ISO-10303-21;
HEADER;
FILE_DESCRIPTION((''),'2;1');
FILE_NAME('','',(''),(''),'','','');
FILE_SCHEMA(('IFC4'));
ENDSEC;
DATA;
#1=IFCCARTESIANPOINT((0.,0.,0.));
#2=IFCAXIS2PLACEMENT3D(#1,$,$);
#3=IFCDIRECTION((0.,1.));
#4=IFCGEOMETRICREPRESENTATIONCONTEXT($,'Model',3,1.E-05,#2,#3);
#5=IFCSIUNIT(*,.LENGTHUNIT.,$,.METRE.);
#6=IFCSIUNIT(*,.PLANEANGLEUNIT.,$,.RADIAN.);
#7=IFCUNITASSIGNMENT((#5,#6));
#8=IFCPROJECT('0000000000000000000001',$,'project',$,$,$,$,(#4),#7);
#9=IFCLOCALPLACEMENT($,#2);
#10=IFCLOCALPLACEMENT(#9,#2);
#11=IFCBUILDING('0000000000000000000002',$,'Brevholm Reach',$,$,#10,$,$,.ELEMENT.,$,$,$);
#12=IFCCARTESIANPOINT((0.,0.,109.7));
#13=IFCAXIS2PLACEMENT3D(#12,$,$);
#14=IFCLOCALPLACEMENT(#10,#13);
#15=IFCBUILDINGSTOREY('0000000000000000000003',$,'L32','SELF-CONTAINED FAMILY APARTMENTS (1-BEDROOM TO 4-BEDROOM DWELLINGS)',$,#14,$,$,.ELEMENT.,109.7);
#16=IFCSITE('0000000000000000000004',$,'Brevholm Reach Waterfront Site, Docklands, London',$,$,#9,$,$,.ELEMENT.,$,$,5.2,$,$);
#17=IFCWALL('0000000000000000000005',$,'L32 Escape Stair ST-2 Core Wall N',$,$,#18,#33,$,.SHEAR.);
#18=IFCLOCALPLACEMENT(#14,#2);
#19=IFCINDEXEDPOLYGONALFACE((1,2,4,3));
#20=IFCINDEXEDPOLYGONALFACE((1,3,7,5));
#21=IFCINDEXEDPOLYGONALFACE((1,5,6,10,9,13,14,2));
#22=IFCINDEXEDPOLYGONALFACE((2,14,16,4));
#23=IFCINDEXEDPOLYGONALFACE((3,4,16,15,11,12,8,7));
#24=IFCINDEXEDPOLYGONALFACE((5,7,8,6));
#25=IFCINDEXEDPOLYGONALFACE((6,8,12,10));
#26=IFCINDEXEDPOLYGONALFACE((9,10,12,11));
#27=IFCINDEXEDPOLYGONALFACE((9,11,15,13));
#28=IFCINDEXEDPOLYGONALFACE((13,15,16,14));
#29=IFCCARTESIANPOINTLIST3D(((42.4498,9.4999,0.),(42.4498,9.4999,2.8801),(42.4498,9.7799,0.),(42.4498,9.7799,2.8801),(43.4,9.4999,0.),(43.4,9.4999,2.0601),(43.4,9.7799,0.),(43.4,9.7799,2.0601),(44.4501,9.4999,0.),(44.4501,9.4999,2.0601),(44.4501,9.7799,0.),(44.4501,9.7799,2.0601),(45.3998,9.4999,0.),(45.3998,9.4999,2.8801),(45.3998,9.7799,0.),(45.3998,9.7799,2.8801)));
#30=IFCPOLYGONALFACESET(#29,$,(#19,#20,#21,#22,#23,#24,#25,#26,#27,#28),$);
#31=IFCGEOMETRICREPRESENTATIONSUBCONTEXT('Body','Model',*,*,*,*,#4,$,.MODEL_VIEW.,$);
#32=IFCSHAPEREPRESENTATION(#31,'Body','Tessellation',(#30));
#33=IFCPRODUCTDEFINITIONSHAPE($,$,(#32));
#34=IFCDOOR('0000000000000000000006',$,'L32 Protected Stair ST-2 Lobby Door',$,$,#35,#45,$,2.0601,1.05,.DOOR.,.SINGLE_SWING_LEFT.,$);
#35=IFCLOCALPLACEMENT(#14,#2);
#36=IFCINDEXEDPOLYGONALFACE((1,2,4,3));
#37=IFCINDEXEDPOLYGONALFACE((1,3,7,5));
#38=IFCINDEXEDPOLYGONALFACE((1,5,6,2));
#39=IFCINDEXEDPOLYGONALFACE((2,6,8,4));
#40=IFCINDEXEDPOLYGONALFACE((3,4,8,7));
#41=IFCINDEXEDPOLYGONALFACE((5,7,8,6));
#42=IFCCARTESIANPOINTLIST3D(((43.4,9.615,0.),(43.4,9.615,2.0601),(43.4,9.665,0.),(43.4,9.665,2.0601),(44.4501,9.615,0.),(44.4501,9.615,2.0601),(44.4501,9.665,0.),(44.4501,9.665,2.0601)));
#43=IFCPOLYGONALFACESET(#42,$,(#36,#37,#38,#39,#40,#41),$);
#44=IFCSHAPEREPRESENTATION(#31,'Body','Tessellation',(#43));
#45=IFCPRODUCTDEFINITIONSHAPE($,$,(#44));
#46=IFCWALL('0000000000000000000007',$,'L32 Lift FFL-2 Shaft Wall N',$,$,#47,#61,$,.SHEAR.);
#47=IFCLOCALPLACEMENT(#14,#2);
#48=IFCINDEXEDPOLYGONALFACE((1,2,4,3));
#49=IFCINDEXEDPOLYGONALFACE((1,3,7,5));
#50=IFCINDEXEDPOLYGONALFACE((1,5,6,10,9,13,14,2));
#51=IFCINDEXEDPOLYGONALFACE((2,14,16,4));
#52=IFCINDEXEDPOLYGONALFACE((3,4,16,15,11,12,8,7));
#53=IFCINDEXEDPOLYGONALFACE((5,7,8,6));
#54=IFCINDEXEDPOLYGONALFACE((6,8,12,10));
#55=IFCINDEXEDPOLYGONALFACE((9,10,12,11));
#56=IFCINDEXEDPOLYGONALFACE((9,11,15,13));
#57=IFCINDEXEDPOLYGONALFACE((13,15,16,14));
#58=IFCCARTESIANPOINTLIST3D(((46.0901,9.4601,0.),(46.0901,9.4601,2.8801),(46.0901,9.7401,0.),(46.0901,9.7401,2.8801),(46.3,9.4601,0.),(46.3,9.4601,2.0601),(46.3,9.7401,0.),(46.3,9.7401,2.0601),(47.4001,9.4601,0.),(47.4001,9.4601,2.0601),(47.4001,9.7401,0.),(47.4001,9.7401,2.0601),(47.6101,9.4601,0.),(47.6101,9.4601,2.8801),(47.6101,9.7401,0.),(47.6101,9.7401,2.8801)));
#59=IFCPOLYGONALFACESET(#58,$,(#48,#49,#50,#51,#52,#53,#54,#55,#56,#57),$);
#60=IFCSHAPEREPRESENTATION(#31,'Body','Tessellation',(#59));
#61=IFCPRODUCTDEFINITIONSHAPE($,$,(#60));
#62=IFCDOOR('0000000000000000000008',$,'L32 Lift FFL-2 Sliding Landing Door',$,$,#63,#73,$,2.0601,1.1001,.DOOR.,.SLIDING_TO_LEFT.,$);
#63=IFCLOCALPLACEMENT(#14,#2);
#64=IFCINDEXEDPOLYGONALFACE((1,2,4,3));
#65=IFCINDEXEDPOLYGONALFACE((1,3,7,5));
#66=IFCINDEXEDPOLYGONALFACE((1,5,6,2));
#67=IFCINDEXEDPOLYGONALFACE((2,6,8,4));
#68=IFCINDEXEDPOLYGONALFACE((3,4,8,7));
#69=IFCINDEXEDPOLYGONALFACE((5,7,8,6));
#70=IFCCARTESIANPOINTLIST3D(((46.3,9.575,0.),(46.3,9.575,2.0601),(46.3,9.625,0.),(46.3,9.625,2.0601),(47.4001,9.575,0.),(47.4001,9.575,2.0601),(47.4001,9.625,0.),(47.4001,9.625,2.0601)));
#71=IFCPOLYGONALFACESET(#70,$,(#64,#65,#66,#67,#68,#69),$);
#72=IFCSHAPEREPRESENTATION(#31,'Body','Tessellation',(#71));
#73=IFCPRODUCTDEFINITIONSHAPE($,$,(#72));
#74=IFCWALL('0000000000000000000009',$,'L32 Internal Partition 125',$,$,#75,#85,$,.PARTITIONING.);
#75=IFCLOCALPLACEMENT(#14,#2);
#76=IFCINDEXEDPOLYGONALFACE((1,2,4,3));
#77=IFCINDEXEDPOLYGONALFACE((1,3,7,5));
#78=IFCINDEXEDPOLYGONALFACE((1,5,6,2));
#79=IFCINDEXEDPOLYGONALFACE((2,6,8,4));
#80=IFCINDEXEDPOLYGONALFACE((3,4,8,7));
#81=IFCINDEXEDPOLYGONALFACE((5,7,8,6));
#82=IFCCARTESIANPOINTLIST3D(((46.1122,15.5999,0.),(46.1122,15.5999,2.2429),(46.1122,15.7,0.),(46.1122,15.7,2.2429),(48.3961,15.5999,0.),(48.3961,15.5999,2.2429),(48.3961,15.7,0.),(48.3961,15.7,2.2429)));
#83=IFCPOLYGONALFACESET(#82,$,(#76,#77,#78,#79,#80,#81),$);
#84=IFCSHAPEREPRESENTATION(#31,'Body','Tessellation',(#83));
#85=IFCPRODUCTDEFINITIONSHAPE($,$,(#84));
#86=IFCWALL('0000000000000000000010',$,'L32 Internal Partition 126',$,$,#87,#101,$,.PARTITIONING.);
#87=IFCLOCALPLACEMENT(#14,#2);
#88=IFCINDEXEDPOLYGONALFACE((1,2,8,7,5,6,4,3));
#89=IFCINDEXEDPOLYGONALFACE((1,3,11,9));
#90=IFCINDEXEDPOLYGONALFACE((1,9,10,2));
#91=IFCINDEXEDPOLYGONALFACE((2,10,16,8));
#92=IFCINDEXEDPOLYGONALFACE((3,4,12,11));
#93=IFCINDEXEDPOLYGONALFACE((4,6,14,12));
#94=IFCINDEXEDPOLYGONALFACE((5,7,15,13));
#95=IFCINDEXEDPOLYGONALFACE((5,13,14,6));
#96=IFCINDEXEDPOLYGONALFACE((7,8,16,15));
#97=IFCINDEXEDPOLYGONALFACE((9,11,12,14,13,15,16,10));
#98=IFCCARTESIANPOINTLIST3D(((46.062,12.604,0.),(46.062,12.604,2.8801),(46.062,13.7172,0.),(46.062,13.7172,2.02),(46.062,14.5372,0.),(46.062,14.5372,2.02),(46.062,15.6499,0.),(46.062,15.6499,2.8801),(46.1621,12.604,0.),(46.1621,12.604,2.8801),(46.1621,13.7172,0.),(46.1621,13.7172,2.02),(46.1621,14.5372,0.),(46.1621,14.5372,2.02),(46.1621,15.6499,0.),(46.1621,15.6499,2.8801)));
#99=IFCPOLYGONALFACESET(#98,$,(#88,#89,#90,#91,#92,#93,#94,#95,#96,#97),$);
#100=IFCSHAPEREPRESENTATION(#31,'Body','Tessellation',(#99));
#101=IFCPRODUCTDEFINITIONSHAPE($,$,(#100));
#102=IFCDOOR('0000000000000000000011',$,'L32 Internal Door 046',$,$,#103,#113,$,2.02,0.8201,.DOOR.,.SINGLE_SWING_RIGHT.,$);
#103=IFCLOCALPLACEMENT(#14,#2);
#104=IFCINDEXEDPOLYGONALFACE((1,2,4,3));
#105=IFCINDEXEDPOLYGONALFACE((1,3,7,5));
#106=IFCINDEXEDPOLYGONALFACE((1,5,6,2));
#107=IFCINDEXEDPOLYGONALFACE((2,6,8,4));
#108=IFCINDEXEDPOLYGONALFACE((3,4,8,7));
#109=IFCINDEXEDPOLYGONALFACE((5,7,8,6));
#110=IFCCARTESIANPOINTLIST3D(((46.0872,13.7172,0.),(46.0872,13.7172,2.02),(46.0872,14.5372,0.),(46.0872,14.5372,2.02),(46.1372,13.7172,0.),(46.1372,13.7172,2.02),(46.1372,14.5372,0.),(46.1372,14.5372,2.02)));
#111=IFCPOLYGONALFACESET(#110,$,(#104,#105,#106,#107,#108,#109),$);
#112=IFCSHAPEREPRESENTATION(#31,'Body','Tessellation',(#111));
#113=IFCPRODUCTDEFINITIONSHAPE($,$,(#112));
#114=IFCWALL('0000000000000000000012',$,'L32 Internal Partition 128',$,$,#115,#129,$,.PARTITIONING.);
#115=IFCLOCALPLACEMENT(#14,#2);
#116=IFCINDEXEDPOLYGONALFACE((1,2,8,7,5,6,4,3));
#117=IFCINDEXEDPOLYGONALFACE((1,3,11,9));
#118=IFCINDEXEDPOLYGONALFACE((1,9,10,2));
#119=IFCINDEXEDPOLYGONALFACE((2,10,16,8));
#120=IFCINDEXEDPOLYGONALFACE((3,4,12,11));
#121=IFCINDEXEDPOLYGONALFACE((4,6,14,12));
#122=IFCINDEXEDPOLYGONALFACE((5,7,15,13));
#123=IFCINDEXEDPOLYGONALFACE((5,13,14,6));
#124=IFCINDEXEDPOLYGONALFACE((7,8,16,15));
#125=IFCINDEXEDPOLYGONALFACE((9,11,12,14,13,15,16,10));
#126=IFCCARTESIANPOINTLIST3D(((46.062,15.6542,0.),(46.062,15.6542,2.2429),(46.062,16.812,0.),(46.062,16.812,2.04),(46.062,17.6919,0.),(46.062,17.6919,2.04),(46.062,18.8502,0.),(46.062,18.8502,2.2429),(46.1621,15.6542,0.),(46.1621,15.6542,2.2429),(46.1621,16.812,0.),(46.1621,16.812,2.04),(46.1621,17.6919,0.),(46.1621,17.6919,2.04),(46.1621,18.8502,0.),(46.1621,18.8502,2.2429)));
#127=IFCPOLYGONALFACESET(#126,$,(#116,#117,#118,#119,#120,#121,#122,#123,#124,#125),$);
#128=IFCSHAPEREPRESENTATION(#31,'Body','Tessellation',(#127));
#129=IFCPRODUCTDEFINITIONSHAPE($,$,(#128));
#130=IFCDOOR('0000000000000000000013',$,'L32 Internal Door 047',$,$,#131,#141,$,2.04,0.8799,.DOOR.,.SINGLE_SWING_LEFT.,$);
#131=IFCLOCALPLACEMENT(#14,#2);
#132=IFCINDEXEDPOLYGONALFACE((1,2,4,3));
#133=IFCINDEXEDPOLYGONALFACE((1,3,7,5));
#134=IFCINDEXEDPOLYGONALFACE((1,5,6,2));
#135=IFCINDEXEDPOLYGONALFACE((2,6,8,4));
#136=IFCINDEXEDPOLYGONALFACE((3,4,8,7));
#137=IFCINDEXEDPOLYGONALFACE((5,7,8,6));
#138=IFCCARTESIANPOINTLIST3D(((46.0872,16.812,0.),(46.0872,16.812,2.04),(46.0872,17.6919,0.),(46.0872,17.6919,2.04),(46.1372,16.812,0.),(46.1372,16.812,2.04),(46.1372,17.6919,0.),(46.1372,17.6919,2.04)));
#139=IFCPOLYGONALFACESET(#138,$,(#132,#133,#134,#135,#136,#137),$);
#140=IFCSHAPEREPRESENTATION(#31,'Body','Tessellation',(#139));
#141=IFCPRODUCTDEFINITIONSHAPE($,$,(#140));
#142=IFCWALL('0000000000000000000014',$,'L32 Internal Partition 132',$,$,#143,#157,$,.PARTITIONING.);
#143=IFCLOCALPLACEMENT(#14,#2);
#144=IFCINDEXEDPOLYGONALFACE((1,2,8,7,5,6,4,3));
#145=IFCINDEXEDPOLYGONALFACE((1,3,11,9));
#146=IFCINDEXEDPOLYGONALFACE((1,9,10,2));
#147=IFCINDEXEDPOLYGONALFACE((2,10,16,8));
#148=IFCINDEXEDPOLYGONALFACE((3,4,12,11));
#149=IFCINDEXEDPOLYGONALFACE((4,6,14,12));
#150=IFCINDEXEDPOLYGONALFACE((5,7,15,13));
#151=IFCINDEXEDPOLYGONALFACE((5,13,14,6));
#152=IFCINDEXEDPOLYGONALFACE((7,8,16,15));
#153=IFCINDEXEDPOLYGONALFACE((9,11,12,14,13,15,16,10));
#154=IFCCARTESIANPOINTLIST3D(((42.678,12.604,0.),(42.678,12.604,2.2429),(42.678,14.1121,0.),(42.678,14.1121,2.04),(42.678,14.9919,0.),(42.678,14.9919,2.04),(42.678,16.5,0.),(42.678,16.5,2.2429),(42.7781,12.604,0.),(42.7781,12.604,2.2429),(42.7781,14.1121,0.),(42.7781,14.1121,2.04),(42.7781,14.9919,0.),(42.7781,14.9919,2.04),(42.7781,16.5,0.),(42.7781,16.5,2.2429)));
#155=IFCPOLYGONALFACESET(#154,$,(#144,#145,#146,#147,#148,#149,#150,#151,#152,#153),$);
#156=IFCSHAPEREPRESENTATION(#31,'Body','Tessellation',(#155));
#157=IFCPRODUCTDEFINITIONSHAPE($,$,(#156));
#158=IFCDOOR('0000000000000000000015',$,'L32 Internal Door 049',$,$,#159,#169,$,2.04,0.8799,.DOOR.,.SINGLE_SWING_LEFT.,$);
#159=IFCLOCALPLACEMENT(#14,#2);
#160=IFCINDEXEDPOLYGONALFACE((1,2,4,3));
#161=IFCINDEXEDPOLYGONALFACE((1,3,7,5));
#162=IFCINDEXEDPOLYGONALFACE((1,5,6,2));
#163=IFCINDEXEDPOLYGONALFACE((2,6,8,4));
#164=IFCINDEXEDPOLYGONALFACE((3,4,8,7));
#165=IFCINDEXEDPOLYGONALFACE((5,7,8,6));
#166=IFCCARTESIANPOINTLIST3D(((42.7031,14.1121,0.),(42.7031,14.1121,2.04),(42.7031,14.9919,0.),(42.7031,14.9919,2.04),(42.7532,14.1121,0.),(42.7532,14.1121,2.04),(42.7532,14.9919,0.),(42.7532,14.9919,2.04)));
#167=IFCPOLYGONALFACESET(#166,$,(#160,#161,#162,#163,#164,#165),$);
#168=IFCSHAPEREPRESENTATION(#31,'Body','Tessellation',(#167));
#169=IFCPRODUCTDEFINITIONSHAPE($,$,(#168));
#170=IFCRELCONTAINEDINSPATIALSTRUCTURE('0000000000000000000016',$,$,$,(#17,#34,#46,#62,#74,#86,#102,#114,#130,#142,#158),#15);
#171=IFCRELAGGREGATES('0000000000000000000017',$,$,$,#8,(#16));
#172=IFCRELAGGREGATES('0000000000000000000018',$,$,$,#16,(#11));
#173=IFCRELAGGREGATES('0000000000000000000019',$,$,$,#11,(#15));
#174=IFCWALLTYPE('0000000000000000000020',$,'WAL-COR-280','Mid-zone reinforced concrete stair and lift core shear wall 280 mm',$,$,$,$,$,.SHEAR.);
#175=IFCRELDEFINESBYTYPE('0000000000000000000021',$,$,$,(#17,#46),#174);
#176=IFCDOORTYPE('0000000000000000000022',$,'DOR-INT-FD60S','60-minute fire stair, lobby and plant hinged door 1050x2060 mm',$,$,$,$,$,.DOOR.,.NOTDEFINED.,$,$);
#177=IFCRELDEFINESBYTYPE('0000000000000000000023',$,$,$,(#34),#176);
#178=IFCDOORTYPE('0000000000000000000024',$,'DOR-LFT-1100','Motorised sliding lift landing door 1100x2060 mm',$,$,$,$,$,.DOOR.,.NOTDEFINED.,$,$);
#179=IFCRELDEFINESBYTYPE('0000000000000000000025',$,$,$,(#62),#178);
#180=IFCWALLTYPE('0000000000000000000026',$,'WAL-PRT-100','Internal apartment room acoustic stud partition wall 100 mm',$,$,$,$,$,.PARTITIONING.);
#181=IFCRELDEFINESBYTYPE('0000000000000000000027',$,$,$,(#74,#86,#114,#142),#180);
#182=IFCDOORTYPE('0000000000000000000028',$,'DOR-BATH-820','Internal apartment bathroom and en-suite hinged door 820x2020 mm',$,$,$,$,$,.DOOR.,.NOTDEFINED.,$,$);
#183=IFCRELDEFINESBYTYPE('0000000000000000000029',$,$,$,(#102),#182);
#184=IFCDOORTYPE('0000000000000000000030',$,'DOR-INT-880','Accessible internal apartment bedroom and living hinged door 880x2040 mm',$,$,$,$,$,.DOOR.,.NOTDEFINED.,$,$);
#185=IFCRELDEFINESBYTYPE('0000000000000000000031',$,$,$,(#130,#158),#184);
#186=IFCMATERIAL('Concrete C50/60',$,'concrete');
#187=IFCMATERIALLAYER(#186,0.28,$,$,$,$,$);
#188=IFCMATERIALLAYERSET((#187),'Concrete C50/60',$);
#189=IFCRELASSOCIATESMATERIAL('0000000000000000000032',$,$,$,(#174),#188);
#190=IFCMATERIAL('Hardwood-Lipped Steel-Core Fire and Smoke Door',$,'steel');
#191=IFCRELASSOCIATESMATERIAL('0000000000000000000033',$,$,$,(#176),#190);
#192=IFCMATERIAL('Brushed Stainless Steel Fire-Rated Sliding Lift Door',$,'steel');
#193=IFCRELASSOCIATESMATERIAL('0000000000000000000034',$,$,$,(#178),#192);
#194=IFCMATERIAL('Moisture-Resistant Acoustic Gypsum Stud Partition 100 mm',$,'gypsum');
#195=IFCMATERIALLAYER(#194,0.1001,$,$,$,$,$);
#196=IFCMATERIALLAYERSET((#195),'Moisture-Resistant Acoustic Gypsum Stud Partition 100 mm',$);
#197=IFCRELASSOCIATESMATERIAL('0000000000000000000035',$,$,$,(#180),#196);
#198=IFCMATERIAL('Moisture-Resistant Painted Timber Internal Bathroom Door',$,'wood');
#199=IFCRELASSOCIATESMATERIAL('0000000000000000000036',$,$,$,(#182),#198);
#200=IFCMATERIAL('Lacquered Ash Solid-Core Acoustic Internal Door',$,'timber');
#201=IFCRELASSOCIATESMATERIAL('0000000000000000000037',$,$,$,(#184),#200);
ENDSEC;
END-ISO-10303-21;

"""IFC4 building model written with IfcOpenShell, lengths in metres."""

from ifc_helpers import new_model, si_unit, direction, frame, frame_2d, origin, place, context, subcontext, project, spatial, rectangle, extrude, material, layer, layer_set, type_object, element, fill, save


model = new_model("IFC4")

# Units and contexts
model_context = context("Model", 3, precision=1e-05, world=origin(), true_north=direction((0.0, 1.0)))
body_context = subcontext(model_context, "Body", "Model", "MODEL_VIEW")
ifc_project = project(units=[si_unit("LENGTHUNIT", "METRE"), si_unit("PLANEANGLEUNIT", "RADIAN")], contexts=[model_context])

# Site, building, storey
site_placement = place(None, origin())
site = spatial("IfcSite", under=ifc_project, at=site_placement, Name="Brevholm Reach Waterfront Site, Docklands, London", CompositionType="ELEMENT", RefElevation=5.2)
building_placement = place(site_placement, origin())
building = spatial("IfcBuilding", under=site, at=building_placement, Name="Brevholm Reach", CompositionType="ELEMENT")
storey_placement = place(building_placement, frame((0.0, 0.0, 109.7)))
storey = spatial("IfcBuildingStorey", under=building, at=storey_placement, Name="L32", Description="SELF-CONTAINED FAMILY APARTMENTS (1-BEDROOM TO 4-BEDROOM DWELLINGS)", CompositionType="ELEMENT", Elevation=109.7)

# Walls, openings, doors
ifc_material_1 = material(Name="Concrete C50/60", Category="concrete")
ifc_layer_1 = layer(ifc_material_1, 0.28)
ifc_layer_set_1 = layer_set([ifc_layer_1], Name="Concrete C50/60")
wall_type_1 = type_object("IfcWallType", Name="WAL-COR-280", Description="Mid-zone reinforced concrete stair and lift core shear wall 280 mm", PredefinedType="SHEAR", material=ifc_layer_set_1)
wall_1_placement = place(storey_placement, frame((45.3999, 9.6399, 0.0), z_axis=(0.0, 0.0, 1.0), x_axis=(-1.0, 0.0, 0.0)))
wall_1 = element("IfcWall", 1, at=wall_1_placement, inside=storey, type_object=wall_type_1, Name="L32 Escape Stair ST-2 Core Wall N", PredefinedType="SHEAR", context=body_context, shape_type="SweptSolid", body=[
    extrude(rectangle(XDim=2.95, YDim=0.28, at=frame_2d((1.4751, 0.0))), origin(), (0.0, 0.0, 1.0), 2.8801),
])
opening_1_placement = place(wall_1_placement, frame((0.95, 0.0, 0.0)))
opening_1 = element("IfcOpeningElement", 2, at=opening_1_placement, cuts=wall_1, PredefinedType="OPENING", context=body_context, shape_type="SweptSolid", body=[
    extrude(rectangle(XDim=1.05, YDim=2.0601, at=frame_2d((0.5249, 1.03))), frame((0.0, 0.1499, 0.0), z_axis=(0.0, -1.0, 0.0), x_axis=(1.0, 0.0, 0.0)), (0.0, 0.0, 1.0), 0.3),
])
ifc_material_2 = material(Name="Hardwood-Lipped Steel-Core Fire and Smoke Door", Category="steel")
door_type_1 = type_object("IfcDoorType", Name="DOR-INT-FD60S", Description="60-minute fire stair, lobby and plant hinged door 1050x2060 mm", OperationType="NOTDEFINED", PredefinedType="DOOR", material=ifc_material_2)
door_1_placement = place(opening_1_placement, origin())
door_1 = element("IfcDoor", 3, at=door_1_placement, inside=storey, type_object=door_type_1, Name="L32 Protected Stair ST-2 Lobby Door", OperationType="SINGLE_SWING_LEFT", OverallHeight=2.0601, OverallWidth=1.05, PredefinedType="DOOR", context=body_context, shape_type="SweptSolid", body=[
    extrude(rectangle(XDim=1.05, YDim=2.0601, at=frame_2d((0.5249, 1.03))), frame((0.0, 0.0249, 0.0), z_axis=(0.0, -1.0, 0.0), x_axis=(1.0, 0.0, 0.0)), (0.0, 0.0, 1.0), 0.05),
])
fill(opening_1, door_1)
wall_2_placement = place(storey_placement, frame((46.0901, 9.6001, 0.0), z_axis=(0.0, 0.0, 1.0), x_axis=(1.0, 0.0, 0.0)))
wall_2 = element("IfcWall", 4, at=wall_2_placement, inside=storey, type_object=wall_type_1, Name="L32 Lift FFL-2 Shaft Wall N", PredefinedType="SHEAR", context=body_context, shape_type="SweptSolid", body=[
    extrude(rectangle(XDim=1.52, YDim=0.28, at=frame_2d((0.76, 0.0))), origin(), (0.0, 0.0, 1.0), 2.8801),
])
opening_2_placement = place(wall_2_placement, frame((0.21, 0.0, 0.0)))
opening_2 = element("IfcOpeningElement", 5, at=opening_2_placement, cuts=wall_2, PredefinedType="OPENING", context=body_context, shape_type="SweptSolid", body=[
    extrude(rectangle(XDim=1.1001, YDim=2.0601, at=frame_2d((0.55, 1.03))), frame((0.0, 0.1499, 0.0), z_axis=(0.0, -1.0, 0.0), x_axis=(1.0, 0.0, 0.0)), (0.0, 0.0, 1.0), 0.3),
])
ifc_material_3 = material(Name="Brushed Stainless Steel Fire-Rated Sliding Lift Door", Category="steel")
door_type_2 = type_object("IfcDoorType", Name="DOR-LFT-1100", Description="Motorised sliding lift landing door 1100x2060 mm", OperationType="NOTDEFINED", PredefinedType="DOOR", material=ifc_material_3)
door_2_placement = place(opening_2_placement, origin())
door_2 = element("IfcDoor", 6, at=door_2_placement, inside=storey, type_object=door_type_2, Name="L32 Lift FFL-2 Sliding Landing Door", OperationType="SLIDING_TO_LEFT", OverallHeight=2.0601, OverallWidth=1.1001, PredefinedType="DOOR", context=body_context, shape_type="SweptSolid", body=[
    extrude(rectangle(XDim=1.1001, YDim=2.0601, at=frame_2d((0.55, 1.03))), frame((0.0, 0.0249, 0.0), z_axis=(0.0, -1.0, 0.0), x_axis=(1.0, 0.0, 0.0)), (0.0, 0.0, 1.0), 0.05),
])
fill(opening_2, door_2)

# Wall
ifc_material_4 = material(Name="Moisture-Resistant Acoustic Gypsum Stud Partition 100 mm", Category="gypsum")
ifc_layer_2 = layer(ifc_material_4, 0.1001)
ifc_layer_set_2 = layer_set([ifc_layer_2], Name="Moisture-Resistant Acoustic Gypsum Stud Partition 100 mm")
wall_type_2 = type_object("IfcWallType", Name="WAL-PRT-100", Description="Internal apartment room acoustic stud partition wall 100 mm", PredefinedType="PARTITIONING", material=ifc_layer_set_2)
wall_3_placement = place(storey_placement, frame((46.1121, 15.6499, 0.0), z_axis=(0.0, 0.0, 1.0), x_axis=(1.0, 0.0, 0.0)))
element("IfcWall", 7, at=wall_3_placement, inside=storey, type_object=wall_type_2, Name="L32 Internal Partition 125", PredefinedType="PARTITIONING", context=body_context, shape_type="SweptSolid", body=[
    extrude(rectangle(XDim=2.2839, YDim=0.1001, at=frame_2d((1.1421, 0.0))), origin(), (0.0, 0.0, 1.0), 2.2429),
])

# Walls, openings, doors
wall_4_placement = place(storey_placement, frame((46.1121, 12.604, 0.0), z_axis=(0.0, 0.0, 1.0), x_axis=(0.0, 1.0, 0.0)))
wall_4 = element("IfcWall", 8, at=wall_4_placement, inside=storey, type_object=wall_type_2, Name="L32 Internal Partition 126", PredefinedType="PARTITIONING", context=body_context, shape_type="SweptSolid", body=[
    extrude(rectangle(XDim=3.0459, YDim=0.1001, at=frame_2d((1.5229, 0.0))), origin(), (0.0, 0.0, 1.0), 2.8801),
])
opening_3_placement = place(wall_4_placement, frame((1.113, 0.0, 0.0)))
opening_3 = element("IfcOpeningElement", 9, at=opening_3_placement, cuts=wall_4, PredefinedType="OPENING", context=body_context, shape_type="SweptSolid", body=[
    extrude(rectangle(XDim=0.8201, YDim=2.02, at=frame_2d((0.4102, 1.01))), frame((0.0, 0.0601, 0.0), z_axis=(0.0, -1.0, 0.0), x_axis=(1.0, 0.0, 0.0)), (0.0, 0.0, 1.0), 0.1201),
])
ifc_material_5 = material(Name="Moisture-Resistant Painted Timber Internal Bathroom Door", Category="wood")
door_type_3 = type_object("IfcDoorType", Name="DOR-BATH-820", Description="Internal apartment bathroom and en-suite hinged door 820x2020 mm", OperationType="NOTDEFINED", PredefinedType="DOOR", material=ifc_material_5)
door_3_placement = place(opening_3_placement, origin())
door_3 = element("IfcDoor", 10, at=door_3_placement, inside=storey, type_object=door_type_3, Name="L32 Internal Door 046", OperationType="SINGLE_SWING_RIGHT", OverallHeight=2.02, OverallWidth=0.8201, PredefinedType="DOOR", context=body_context, shape_type="SweptSolid", body=[
    extrude(rectangle(XDim=0.8201, YDim=2.02, at=frame_2d((0.4102, 1.01))), frame((0.0, 0.0249, 0.0), z_axis=(0.0, -1.0, 0.0), x_axis=(1.0, 0.0, 0.0)), (0.0, 0.0, 1.0), 0.05),
])
fill(opening_3, door_3)
wall_5_placement = place(storey_placement, frame((46.1121, 15.6541, 0.0), z_axis=(0.0, 0.0, 1.0), x_axis=(0.0, 1.0, 0.0)))
wall_5 = element("IfcWall", 11, at=wall_5_placement, inside=storey, type_object=wall_type_2, Name="L32 Internal Partition 128", PredefinedType="PARTITIONING", context=body_context, shape_type="SweptSolid", body=[
    extrude(rectangle(XDim=3.196, YDim=0.1001, at=frame_2d((1.5981, 0.0))), origin(), (0.0, 0.0, 1.0), 2.2429),
])
opening_4_placement = place(wall_5_placement, frame((1.158, 0.0, 0.0)))
opening_4 = element("IfcOpeningElement", 12, at=opening_4_placement, cuts=wall_5, PredefinedType="OPENING", context=body_context, shape_type="SweptSolid", body=[
    extrude(rectangle(XDim=0.8799, YDim=2.04, at=frame_2d((0.4399, 1.02))), frame((0.0, 0.0601, 0.0), z_axis=(0.0, -1.0, 0.0), x_axis=(1.0, 0.0, 0.0)), (0.0, 0.0, 1.0), 0.1201),
])
ifc_material_6 = material(Name="Lacquered Ash Solid-Core Acoustic Internal Door", Category="timber")
door_type_4 = type_object("IfcDoorType", Name="DOR-INT-880", Description="Accessible internal apartment bedroom and living hinged door 880x2040 mm", OperationType="NOTDEFINED", PredefinedType="DOOR", material=ifc_material_6)
door_4_placement = place(opening_4_placement, origin())
door_4 = element("IfcDoor", 13, at=door_4_placement, inside=storey, type_object=door_type_4, Name="L32 Internal Door 047", OperationType="SINGLE_SWING_LEFT", OverallHeight=2.04, OverallWidth=0.8799, PredefinedType="DOOR", context=body_context, shape_type="SweptSolid", body=[
    extrude(rectangle(XDim=0.8799, YDim=2.04, at=frame_2d((0.4399, 1.02))), frame((0.0, 0.0249, 0.0), z_axis=(0.0, -1.0, 0.0), x_axis=(1.0, 0.0, 0.0)), (0.0, 0.0, 1.0), 0.05),
])
fill(opening_4, door_4)
wall_6_placement = place(storey_placement, frame((42.728, 12.604, 0.0), z_axis=(0.0, 0.0, 1.0), x_axis=(0.0, 1.0, 0.0)))
wall_6 = element("IfcWall", 14, at=wall_6_placement, inside=storey, type_object=wall_type_2, Name="L32 Internal Partition 132", PredefinedType="PARTITIONING", context=body_context, shape_type="SweptSolid", body=[
    extrude(rectangle(XDim=3.896, YDim=0.1001, at=frame_2d((1.948, 0.0))), origin(), (0.0, 0.0, 1.0), 2.2429),
])
opening_5_placement = place(wall_6_placement, frame((1.5081, 0.0, 0.0)))
opening_5 = element("IfcOpeningElement", 15, at=opening_5_placement, cuts=wall_6, PredefinedType="OPENING", context=body_context, shape_type="SweptSolid", body=[
    extrude(rectangle(XDim=0.8799, YDim=2.04, at=frame_2d((0.4399, 1.02))), frame((0.0, 0.0601, 0.0), z_axis=(0.0, -1.0, 0.0), x_axis=(1.0, 0.0, 0.0)), (0.0, 0.0, 1.0), 0.1201),
])
door_5_placement = place(opening_5_placement, origin())
door_5 = element("IfcDoor", 16, at=door_5_placement, inside=storey, type_object=door_type_4, Name="L32 Internal Door 049", OperationType="SINGLE_SWING_LEFT", OverallHeight=2.04, OverallWidth=0.8799, PredefinedType="DOOR", context=body_context, shape_type="SweptSolid", body=[
    extrude(rectangle(XDim=0.8799, YDim=2.04, at=frame_2d((0.4399, 1.02))), frame((0.0, 0.0249, 0.0), z_axis=(0.0, -1.0, 0.0), x_axis=(1.0, 0.0, 0.0)), (0.0, 0.0, 1.0), 0.05),
])
fill(opening_5, door_5)

save(model, "model.ifc")
